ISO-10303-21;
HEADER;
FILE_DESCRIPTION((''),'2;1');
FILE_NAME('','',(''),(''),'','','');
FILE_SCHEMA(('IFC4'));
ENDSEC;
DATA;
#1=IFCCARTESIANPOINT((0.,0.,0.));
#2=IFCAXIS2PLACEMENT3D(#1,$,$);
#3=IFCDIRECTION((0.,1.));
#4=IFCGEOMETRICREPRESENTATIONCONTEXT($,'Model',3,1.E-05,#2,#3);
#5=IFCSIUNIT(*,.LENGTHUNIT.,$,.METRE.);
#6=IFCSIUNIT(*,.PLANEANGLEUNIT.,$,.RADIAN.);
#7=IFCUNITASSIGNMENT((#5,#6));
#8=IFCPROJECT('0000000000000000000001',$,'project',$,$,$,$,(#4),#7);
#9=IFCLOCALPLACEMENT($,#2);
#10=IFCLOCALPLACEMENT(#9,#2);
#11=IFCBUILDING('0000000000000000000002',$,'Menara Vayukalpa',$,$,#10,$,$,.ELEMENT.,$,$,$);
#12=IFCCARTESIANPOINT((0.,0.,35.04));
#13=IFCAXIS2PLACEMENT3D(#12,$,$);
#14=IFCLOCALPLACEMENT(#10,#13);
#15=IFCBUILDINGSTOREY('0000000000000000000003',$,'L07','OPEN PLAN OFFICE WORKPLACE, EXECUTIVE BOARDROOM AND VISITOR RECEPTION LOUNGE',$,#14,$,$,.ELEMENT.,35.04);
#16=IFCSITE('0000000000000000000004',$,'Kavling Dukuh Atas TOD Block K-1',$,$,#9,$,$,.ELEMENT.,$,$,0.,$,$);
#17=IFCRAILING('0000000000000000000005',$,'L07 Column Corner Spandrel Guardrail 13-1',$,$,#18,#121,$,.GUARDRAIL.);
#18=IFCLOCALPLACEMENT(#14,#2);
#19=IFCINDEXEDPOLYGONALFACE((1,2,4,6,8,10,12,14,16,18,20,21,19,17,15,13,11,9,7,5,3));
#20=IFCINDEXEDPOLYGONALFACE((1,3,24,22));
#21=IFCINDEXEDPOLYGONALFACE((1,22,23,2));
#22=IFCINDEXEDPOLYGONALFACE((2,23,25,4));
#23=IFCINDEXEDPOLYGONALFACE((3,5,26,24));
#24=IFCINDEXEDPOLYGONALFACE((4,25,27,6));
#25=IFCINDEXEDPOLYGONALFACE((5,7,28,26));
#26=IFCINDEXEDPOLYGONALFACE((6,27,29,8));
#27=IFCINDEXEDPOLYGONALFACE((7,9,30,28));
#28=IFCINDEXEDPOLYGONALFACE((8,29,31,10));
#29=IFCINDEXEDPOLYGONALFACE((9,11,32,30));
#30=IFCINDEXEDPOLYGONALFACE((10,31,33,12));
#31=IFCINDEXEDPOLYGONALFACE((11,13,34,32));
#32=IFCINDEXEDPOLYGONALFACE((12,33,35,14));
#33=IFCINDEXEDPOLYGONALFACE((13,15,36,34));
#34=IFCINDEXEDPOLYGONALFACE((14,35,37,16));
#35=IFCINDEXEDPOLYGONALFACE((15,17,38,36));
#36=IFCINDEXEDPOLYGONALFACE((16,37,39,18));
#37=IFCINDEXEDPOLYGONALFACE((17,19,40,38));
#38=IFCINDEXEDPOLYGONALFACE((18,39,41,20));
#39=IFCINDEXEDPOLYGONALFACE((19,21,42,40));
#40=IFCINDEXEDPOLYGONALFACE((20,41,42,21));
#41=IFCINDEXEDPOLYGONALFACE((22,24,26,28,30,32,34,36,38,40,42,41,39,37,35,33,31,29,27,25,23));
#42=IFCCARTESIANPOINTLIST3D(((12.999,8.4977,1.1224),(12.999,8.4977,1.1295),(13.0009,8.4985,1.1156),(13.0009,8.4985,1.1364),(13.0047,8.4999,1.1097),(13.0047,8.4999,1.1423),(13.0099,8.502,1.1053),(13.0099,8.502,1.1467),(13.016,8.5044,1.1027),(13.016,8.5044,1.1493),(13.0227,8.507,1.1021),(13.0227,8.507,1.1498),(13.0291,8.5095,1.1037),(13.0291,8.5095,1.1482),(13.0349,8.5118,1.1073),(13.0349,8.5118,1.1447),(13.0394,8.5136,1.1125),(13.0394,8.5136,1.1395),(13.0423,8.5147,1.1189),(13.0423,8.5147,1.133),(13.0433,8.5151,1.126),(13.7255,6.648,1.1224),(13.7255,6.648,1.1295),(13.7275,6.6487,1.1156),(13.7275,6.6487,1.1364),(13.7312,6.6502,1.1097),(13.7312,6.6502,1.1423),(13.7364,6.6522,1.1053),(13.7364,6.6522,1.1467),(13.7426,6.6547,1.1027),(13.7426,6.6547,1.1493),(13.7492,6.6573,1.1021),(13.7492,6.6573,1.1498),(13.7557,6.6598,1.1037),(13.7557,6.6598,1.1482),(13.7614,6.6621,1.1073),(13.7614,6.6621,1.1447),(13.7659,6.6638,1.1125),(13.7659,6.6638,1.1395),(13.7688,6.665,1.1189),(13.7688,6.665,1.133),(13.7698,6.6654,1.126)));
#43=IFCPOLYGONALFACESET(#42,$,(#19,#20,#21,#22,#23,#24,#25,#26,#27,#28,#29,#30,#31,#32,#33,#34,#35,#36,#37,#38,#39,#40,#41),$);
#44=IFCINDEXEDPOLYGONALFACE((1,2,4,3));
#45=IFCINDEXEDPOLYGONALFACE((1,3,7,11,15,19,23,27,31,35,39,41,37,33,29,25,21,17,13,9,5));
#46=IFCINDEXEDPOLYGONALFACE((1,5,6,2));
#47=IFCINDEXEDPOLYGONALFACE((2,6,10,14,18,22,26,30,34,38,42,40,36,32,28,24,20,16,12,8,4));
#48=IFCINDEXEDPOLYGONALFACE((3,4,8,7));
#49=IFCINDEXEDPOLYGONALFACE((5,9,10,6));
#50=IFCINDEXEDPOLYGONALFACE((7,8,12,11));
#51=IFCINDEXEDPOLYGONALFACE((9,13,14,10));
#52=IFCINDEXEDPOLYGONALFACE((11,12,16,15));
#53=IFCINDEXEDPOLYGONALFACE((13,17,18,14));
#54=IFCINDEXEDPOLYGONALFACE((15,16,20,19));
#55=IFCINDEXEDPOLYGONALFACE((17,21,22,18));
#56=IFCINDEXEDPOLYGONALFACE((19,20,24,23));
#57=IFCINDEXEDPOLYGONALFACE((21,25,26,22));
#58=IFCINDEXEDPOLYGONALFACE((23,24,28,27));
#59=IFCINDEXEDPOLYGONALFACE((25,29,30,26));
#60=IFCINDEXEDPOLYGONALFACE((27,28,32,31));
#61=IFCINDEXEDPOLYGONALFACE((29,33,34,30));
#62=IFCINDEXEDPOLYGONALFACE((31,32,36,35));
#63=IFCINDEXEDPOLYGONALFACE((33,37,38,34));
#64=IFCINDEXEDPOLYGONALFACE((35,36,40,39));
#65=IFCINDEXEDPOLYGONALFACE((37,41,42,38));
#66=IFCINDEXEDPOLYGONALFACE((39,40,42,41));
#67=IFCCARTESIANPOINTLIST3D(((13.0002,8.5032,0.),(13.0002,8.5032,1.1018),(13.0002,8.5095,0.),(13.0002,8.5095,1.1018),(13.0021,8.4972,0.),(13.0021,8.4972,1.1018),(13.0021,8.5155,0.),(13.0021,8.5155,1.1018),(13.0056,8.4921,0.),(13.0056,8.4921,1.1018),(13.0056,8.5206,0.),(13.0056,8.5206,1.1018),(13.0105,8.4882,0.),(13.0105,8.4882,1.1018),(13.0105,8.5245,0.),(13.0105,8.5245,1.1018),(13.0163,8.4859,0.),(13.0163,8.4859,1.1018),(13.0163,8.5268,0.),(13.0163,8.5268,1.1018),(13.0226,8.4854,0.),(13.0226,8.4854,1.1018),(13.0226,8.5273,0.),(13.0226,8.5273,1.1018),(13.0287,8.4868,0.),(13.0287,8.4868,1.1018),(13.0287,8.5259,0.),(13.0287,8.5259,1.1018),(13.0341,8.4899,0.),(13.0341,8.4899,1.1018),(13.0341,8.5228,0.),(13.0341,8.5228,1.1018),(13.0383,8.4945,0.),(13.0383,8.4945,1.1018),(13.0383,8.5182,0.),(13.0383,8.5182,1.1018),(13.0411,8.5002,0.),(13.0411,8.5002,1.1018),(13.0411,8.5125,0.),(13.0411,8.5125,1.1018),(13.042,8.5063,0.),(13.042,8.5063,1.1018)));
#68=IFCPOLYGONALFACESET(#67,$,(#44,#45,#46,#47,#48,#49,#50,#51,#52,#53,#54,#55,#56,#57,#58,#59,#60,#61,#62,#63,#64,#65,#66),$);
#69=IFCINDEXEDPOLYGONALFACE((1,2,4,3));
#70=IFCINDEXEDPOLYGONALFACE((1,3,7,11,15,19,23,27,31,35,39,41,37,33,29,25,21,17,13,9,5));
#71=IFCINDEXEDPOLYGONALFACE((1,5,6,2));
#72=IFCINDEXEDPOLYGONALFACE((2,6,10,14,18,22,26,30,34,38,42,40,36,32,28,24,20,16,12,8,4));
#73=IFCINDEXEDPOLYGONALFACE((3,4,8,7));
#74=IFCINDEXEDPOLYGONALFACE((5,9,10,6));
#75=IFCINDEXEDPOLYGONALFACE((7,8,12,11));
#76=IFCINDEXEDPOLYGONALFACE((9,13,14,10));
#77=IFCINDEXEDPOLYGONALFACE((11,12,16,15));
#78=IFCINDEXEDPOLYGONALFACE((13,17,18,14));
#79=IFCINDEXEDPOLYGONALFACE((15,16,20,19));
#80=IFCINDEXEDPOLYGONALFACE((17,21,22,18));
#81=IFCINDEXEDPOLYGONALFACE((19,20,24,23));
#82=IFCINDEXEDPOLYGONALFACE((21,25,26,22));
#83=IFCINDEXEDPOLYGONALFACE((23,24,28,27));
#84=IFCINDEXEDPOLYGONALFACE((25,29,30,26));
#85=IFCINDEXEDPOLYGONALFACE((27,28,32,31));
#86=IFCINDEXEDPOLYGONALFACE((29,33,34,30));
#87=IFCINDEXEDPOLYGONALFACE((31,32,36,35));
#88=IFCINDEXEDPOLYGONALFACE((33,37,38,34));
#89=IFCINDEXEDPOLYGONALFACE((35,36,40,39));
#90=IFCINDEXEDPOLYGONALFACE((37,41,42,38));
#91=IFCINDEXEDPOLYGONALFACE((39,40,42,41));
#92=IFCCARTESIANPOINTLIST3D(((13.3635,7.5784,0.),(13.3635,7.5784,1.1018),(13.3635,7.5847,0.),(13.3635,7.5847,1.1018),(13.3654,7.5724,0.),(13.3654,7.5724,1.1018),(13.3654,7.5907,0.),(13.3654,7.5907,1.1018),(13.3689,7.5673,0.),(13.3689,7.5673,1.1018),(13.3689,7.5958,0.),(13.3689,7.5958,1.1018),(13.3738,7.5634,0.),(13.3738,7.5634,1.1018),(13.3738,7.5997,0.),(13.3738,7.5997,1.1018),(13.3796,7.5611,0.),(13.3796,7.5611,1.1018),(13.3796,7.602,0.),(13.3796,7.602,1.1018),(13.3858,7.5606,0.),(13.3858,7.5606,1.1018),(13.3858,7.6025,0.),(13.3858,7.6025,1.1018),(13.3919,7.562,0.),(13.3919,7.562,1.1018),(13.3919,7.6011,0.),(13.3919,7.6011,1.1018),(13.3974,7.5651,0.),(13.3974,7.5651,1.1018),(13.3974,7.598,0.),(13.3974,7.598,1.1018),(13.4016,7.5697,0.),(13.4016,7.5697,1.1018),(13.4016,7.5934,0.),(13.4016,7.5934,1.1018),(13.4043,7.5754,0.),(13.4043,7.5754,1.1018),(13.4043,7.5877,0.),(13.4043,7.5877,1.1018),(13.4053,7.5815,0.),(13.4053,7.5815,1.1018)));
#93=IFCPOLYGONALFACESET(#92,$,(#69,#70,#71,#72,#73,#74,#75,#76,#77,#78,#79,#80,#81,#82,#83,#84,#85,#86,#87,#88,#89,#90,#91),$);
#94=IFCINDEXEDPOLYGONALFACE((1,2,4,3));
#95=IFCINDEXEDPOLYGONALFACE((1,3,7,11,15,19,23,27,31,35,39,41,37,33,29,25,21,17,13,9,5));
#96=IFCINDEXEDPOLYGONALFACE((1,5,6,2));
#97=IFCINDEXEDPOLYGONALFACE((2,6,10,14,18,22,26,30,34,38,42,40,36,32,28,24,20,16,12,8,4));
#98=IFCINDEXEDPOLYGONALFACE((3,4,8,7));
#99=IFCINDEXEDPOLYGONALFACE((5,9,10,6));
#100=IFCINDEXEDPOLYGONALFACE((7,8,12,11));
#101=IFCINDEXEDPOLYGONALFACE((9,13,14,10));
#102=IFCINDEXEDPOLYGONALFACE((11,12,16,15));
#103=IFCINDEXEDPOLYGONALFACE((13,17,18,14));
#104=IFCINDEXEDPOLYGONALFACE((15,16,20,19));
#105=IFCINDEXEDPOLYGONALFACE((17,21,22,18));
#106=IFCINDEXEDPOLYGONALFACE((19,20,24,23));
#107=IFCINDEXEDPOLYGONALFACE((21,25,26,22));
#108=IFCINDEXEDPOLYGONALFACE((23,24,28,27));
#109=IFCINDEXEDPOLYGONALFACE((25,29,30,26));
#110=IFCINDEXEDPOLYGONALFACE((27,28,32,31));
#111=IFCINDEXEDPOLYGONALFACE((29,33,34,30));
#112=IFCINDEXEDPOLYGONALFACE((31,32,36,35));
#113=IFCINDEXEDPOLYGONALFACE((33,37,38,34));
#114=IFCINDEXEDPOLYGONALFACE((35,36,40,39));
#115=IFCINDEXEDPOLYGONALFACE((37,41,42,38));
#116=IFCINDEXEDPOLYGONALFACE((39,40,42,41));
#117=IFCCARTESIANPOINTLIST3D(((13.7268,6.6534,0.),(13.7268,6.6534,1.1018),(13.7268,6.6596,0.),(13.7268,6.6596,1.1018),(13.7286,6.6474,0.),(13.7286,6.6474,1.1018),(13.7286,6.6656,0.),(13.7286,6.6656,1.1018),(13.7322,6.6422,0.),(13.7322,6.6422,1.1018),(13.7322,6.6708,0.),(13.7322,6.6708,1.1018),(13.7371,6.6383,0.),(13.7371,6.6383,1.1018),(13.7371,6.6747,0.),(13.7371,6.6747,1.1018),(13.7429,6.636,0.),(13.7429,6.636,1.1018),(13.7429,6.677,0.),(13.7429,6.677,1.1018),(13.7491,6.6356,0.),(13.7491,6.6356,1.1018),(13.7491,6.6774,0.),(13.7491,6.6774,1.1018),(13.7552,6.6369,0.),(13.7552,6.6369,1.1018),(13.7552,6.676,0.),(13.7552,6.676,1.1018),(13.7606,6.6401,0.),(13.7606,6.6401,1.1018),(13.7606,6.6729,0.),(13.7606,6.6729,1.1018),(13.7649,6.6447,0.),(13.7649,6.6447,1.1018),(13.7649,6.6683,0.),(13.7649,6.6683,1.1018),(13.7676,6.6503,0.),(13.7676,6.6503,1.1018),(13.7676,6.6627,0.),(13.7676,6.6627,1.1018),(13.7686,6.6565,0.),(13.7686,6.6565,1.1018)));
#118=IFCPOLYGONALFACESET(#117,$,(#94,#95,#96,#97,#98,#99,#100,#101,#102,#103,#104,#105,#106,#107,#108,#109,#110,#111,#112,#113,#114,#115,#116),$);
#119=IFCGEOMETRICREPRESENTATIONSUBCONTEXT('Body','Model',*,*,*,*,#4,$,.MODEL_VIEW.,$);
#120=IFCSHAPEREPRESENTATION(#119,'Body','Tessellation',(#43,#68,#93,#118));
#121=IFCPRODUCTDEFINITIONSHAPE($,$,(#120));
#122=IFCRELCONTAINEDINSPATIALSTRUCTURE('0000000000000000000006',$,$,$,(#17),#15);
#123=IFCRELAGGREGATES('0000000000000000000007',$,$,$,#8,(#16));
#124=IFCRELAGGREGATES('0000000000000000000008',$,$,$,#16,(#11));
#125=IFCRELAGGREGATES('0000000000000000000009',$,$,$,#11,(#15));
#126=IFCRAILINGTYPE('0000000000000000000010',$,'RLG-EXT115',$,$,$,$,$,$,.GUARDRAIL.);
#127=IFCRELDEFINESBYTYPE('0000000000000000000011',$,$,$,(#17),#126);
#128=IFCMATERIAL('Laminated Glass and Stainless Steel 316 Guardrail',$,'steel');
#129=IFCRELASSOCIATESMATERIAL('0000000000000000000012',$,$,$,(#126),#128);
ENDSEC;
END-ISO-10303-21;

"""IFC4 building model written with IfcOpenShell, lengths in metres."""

from ifc_helpers import new_model, si_unit, direction, frame, origin, origin_2d, place, context, subcontext, project, spatial, circle, extrude, material, type_object, element, save


model = new_model("IFC4")

# Units and contexts
model_context = context("Model", 3, precision=1e-05, world=origin(), true_north=direction((0.0, 1.0)))
body_context = subcontext(model_context, "Body", "Model", "MODEL_VIEW")
ifc_project = project(units=[si_unit("LENGTHUNIT", "METRE"), si_unit("PLANEANGLEUNIT", "RADIAN")], contexts=[model_context])

# Site, building, storey
site_placement = place(None, origin())
site = spatial("IfcSite", under=ifc_project, at=site_placement, Name="Kavling Dukuh Atas TOD Block K-1", CompositionType="ELEMENT", RefElevation=0.0)
building_placement = place(site_placement, origin())
building = spatial("IfcBuilding", under=site, at=building_placement, Name="Menara Vayukalpa", CompositionType="ELEMENT")
storey_placement = place(building_placement, frame((0.0, 0.0, 35.04)))
storey = spatial("IfcBuildingStorey", under=building, at=storey_placement, Name="L07", Description="OPEN PLAN OFFICE WORKPLACE, EXECUTIVE BOARDROOM AND VISITOR RECEPTION LOUNGE", CompositionType="ELEMENT", Elevation=35.04)

# Railing
ifc_material_1 = material(Name="Laminated Glass and Stainless Steel 316 Guardrail", Category="steel")
railing_type = type_object("IfcRailingType", Name="RLG-EXT115", PredefinedType="GUARDRAIL", material=ifc_material_1)
railing_1_placement = place(storey_placement, frame((13.021, 8.5063, 0.0)))
element("IfcRailing", 1, at=railing_1_placement, inside=storey, type_object=railing_type, Name="L07 Column Corner Spandrel Guardrail 13-1", PredefinedType="GUARDRAIL", context=body_context, shape_type="SweptSolid", body=[
    extrude(circle(Radius=0.0239, at=origin_2d()), frame((0.0, 0.0, 1.126), z_axis=(0.36558, -0.93078, 0.0), x_axis=(0.93078, 0.36558, 0.0)), (0.0, 0.0, 1.0), 1.9873),
    extrude(circle(Radius=0.021, at=origin_2d()), origin(), (0.0, 0.0, 1.0), 1.1018),
    extrude(circle(Radius=0.021, at=origin_2d()), frame((0.3633, -0.9248, 0.0)), (0.0, 0.0, 1.0), 1.1018),
    extrude(circle(Radius=0.021, at=origin_2d()), frame((0.7266, -1.8499, 0.0)), (0.0, 0.0, 1.0), 1.1018),
])

save(model, "model.ifc")
